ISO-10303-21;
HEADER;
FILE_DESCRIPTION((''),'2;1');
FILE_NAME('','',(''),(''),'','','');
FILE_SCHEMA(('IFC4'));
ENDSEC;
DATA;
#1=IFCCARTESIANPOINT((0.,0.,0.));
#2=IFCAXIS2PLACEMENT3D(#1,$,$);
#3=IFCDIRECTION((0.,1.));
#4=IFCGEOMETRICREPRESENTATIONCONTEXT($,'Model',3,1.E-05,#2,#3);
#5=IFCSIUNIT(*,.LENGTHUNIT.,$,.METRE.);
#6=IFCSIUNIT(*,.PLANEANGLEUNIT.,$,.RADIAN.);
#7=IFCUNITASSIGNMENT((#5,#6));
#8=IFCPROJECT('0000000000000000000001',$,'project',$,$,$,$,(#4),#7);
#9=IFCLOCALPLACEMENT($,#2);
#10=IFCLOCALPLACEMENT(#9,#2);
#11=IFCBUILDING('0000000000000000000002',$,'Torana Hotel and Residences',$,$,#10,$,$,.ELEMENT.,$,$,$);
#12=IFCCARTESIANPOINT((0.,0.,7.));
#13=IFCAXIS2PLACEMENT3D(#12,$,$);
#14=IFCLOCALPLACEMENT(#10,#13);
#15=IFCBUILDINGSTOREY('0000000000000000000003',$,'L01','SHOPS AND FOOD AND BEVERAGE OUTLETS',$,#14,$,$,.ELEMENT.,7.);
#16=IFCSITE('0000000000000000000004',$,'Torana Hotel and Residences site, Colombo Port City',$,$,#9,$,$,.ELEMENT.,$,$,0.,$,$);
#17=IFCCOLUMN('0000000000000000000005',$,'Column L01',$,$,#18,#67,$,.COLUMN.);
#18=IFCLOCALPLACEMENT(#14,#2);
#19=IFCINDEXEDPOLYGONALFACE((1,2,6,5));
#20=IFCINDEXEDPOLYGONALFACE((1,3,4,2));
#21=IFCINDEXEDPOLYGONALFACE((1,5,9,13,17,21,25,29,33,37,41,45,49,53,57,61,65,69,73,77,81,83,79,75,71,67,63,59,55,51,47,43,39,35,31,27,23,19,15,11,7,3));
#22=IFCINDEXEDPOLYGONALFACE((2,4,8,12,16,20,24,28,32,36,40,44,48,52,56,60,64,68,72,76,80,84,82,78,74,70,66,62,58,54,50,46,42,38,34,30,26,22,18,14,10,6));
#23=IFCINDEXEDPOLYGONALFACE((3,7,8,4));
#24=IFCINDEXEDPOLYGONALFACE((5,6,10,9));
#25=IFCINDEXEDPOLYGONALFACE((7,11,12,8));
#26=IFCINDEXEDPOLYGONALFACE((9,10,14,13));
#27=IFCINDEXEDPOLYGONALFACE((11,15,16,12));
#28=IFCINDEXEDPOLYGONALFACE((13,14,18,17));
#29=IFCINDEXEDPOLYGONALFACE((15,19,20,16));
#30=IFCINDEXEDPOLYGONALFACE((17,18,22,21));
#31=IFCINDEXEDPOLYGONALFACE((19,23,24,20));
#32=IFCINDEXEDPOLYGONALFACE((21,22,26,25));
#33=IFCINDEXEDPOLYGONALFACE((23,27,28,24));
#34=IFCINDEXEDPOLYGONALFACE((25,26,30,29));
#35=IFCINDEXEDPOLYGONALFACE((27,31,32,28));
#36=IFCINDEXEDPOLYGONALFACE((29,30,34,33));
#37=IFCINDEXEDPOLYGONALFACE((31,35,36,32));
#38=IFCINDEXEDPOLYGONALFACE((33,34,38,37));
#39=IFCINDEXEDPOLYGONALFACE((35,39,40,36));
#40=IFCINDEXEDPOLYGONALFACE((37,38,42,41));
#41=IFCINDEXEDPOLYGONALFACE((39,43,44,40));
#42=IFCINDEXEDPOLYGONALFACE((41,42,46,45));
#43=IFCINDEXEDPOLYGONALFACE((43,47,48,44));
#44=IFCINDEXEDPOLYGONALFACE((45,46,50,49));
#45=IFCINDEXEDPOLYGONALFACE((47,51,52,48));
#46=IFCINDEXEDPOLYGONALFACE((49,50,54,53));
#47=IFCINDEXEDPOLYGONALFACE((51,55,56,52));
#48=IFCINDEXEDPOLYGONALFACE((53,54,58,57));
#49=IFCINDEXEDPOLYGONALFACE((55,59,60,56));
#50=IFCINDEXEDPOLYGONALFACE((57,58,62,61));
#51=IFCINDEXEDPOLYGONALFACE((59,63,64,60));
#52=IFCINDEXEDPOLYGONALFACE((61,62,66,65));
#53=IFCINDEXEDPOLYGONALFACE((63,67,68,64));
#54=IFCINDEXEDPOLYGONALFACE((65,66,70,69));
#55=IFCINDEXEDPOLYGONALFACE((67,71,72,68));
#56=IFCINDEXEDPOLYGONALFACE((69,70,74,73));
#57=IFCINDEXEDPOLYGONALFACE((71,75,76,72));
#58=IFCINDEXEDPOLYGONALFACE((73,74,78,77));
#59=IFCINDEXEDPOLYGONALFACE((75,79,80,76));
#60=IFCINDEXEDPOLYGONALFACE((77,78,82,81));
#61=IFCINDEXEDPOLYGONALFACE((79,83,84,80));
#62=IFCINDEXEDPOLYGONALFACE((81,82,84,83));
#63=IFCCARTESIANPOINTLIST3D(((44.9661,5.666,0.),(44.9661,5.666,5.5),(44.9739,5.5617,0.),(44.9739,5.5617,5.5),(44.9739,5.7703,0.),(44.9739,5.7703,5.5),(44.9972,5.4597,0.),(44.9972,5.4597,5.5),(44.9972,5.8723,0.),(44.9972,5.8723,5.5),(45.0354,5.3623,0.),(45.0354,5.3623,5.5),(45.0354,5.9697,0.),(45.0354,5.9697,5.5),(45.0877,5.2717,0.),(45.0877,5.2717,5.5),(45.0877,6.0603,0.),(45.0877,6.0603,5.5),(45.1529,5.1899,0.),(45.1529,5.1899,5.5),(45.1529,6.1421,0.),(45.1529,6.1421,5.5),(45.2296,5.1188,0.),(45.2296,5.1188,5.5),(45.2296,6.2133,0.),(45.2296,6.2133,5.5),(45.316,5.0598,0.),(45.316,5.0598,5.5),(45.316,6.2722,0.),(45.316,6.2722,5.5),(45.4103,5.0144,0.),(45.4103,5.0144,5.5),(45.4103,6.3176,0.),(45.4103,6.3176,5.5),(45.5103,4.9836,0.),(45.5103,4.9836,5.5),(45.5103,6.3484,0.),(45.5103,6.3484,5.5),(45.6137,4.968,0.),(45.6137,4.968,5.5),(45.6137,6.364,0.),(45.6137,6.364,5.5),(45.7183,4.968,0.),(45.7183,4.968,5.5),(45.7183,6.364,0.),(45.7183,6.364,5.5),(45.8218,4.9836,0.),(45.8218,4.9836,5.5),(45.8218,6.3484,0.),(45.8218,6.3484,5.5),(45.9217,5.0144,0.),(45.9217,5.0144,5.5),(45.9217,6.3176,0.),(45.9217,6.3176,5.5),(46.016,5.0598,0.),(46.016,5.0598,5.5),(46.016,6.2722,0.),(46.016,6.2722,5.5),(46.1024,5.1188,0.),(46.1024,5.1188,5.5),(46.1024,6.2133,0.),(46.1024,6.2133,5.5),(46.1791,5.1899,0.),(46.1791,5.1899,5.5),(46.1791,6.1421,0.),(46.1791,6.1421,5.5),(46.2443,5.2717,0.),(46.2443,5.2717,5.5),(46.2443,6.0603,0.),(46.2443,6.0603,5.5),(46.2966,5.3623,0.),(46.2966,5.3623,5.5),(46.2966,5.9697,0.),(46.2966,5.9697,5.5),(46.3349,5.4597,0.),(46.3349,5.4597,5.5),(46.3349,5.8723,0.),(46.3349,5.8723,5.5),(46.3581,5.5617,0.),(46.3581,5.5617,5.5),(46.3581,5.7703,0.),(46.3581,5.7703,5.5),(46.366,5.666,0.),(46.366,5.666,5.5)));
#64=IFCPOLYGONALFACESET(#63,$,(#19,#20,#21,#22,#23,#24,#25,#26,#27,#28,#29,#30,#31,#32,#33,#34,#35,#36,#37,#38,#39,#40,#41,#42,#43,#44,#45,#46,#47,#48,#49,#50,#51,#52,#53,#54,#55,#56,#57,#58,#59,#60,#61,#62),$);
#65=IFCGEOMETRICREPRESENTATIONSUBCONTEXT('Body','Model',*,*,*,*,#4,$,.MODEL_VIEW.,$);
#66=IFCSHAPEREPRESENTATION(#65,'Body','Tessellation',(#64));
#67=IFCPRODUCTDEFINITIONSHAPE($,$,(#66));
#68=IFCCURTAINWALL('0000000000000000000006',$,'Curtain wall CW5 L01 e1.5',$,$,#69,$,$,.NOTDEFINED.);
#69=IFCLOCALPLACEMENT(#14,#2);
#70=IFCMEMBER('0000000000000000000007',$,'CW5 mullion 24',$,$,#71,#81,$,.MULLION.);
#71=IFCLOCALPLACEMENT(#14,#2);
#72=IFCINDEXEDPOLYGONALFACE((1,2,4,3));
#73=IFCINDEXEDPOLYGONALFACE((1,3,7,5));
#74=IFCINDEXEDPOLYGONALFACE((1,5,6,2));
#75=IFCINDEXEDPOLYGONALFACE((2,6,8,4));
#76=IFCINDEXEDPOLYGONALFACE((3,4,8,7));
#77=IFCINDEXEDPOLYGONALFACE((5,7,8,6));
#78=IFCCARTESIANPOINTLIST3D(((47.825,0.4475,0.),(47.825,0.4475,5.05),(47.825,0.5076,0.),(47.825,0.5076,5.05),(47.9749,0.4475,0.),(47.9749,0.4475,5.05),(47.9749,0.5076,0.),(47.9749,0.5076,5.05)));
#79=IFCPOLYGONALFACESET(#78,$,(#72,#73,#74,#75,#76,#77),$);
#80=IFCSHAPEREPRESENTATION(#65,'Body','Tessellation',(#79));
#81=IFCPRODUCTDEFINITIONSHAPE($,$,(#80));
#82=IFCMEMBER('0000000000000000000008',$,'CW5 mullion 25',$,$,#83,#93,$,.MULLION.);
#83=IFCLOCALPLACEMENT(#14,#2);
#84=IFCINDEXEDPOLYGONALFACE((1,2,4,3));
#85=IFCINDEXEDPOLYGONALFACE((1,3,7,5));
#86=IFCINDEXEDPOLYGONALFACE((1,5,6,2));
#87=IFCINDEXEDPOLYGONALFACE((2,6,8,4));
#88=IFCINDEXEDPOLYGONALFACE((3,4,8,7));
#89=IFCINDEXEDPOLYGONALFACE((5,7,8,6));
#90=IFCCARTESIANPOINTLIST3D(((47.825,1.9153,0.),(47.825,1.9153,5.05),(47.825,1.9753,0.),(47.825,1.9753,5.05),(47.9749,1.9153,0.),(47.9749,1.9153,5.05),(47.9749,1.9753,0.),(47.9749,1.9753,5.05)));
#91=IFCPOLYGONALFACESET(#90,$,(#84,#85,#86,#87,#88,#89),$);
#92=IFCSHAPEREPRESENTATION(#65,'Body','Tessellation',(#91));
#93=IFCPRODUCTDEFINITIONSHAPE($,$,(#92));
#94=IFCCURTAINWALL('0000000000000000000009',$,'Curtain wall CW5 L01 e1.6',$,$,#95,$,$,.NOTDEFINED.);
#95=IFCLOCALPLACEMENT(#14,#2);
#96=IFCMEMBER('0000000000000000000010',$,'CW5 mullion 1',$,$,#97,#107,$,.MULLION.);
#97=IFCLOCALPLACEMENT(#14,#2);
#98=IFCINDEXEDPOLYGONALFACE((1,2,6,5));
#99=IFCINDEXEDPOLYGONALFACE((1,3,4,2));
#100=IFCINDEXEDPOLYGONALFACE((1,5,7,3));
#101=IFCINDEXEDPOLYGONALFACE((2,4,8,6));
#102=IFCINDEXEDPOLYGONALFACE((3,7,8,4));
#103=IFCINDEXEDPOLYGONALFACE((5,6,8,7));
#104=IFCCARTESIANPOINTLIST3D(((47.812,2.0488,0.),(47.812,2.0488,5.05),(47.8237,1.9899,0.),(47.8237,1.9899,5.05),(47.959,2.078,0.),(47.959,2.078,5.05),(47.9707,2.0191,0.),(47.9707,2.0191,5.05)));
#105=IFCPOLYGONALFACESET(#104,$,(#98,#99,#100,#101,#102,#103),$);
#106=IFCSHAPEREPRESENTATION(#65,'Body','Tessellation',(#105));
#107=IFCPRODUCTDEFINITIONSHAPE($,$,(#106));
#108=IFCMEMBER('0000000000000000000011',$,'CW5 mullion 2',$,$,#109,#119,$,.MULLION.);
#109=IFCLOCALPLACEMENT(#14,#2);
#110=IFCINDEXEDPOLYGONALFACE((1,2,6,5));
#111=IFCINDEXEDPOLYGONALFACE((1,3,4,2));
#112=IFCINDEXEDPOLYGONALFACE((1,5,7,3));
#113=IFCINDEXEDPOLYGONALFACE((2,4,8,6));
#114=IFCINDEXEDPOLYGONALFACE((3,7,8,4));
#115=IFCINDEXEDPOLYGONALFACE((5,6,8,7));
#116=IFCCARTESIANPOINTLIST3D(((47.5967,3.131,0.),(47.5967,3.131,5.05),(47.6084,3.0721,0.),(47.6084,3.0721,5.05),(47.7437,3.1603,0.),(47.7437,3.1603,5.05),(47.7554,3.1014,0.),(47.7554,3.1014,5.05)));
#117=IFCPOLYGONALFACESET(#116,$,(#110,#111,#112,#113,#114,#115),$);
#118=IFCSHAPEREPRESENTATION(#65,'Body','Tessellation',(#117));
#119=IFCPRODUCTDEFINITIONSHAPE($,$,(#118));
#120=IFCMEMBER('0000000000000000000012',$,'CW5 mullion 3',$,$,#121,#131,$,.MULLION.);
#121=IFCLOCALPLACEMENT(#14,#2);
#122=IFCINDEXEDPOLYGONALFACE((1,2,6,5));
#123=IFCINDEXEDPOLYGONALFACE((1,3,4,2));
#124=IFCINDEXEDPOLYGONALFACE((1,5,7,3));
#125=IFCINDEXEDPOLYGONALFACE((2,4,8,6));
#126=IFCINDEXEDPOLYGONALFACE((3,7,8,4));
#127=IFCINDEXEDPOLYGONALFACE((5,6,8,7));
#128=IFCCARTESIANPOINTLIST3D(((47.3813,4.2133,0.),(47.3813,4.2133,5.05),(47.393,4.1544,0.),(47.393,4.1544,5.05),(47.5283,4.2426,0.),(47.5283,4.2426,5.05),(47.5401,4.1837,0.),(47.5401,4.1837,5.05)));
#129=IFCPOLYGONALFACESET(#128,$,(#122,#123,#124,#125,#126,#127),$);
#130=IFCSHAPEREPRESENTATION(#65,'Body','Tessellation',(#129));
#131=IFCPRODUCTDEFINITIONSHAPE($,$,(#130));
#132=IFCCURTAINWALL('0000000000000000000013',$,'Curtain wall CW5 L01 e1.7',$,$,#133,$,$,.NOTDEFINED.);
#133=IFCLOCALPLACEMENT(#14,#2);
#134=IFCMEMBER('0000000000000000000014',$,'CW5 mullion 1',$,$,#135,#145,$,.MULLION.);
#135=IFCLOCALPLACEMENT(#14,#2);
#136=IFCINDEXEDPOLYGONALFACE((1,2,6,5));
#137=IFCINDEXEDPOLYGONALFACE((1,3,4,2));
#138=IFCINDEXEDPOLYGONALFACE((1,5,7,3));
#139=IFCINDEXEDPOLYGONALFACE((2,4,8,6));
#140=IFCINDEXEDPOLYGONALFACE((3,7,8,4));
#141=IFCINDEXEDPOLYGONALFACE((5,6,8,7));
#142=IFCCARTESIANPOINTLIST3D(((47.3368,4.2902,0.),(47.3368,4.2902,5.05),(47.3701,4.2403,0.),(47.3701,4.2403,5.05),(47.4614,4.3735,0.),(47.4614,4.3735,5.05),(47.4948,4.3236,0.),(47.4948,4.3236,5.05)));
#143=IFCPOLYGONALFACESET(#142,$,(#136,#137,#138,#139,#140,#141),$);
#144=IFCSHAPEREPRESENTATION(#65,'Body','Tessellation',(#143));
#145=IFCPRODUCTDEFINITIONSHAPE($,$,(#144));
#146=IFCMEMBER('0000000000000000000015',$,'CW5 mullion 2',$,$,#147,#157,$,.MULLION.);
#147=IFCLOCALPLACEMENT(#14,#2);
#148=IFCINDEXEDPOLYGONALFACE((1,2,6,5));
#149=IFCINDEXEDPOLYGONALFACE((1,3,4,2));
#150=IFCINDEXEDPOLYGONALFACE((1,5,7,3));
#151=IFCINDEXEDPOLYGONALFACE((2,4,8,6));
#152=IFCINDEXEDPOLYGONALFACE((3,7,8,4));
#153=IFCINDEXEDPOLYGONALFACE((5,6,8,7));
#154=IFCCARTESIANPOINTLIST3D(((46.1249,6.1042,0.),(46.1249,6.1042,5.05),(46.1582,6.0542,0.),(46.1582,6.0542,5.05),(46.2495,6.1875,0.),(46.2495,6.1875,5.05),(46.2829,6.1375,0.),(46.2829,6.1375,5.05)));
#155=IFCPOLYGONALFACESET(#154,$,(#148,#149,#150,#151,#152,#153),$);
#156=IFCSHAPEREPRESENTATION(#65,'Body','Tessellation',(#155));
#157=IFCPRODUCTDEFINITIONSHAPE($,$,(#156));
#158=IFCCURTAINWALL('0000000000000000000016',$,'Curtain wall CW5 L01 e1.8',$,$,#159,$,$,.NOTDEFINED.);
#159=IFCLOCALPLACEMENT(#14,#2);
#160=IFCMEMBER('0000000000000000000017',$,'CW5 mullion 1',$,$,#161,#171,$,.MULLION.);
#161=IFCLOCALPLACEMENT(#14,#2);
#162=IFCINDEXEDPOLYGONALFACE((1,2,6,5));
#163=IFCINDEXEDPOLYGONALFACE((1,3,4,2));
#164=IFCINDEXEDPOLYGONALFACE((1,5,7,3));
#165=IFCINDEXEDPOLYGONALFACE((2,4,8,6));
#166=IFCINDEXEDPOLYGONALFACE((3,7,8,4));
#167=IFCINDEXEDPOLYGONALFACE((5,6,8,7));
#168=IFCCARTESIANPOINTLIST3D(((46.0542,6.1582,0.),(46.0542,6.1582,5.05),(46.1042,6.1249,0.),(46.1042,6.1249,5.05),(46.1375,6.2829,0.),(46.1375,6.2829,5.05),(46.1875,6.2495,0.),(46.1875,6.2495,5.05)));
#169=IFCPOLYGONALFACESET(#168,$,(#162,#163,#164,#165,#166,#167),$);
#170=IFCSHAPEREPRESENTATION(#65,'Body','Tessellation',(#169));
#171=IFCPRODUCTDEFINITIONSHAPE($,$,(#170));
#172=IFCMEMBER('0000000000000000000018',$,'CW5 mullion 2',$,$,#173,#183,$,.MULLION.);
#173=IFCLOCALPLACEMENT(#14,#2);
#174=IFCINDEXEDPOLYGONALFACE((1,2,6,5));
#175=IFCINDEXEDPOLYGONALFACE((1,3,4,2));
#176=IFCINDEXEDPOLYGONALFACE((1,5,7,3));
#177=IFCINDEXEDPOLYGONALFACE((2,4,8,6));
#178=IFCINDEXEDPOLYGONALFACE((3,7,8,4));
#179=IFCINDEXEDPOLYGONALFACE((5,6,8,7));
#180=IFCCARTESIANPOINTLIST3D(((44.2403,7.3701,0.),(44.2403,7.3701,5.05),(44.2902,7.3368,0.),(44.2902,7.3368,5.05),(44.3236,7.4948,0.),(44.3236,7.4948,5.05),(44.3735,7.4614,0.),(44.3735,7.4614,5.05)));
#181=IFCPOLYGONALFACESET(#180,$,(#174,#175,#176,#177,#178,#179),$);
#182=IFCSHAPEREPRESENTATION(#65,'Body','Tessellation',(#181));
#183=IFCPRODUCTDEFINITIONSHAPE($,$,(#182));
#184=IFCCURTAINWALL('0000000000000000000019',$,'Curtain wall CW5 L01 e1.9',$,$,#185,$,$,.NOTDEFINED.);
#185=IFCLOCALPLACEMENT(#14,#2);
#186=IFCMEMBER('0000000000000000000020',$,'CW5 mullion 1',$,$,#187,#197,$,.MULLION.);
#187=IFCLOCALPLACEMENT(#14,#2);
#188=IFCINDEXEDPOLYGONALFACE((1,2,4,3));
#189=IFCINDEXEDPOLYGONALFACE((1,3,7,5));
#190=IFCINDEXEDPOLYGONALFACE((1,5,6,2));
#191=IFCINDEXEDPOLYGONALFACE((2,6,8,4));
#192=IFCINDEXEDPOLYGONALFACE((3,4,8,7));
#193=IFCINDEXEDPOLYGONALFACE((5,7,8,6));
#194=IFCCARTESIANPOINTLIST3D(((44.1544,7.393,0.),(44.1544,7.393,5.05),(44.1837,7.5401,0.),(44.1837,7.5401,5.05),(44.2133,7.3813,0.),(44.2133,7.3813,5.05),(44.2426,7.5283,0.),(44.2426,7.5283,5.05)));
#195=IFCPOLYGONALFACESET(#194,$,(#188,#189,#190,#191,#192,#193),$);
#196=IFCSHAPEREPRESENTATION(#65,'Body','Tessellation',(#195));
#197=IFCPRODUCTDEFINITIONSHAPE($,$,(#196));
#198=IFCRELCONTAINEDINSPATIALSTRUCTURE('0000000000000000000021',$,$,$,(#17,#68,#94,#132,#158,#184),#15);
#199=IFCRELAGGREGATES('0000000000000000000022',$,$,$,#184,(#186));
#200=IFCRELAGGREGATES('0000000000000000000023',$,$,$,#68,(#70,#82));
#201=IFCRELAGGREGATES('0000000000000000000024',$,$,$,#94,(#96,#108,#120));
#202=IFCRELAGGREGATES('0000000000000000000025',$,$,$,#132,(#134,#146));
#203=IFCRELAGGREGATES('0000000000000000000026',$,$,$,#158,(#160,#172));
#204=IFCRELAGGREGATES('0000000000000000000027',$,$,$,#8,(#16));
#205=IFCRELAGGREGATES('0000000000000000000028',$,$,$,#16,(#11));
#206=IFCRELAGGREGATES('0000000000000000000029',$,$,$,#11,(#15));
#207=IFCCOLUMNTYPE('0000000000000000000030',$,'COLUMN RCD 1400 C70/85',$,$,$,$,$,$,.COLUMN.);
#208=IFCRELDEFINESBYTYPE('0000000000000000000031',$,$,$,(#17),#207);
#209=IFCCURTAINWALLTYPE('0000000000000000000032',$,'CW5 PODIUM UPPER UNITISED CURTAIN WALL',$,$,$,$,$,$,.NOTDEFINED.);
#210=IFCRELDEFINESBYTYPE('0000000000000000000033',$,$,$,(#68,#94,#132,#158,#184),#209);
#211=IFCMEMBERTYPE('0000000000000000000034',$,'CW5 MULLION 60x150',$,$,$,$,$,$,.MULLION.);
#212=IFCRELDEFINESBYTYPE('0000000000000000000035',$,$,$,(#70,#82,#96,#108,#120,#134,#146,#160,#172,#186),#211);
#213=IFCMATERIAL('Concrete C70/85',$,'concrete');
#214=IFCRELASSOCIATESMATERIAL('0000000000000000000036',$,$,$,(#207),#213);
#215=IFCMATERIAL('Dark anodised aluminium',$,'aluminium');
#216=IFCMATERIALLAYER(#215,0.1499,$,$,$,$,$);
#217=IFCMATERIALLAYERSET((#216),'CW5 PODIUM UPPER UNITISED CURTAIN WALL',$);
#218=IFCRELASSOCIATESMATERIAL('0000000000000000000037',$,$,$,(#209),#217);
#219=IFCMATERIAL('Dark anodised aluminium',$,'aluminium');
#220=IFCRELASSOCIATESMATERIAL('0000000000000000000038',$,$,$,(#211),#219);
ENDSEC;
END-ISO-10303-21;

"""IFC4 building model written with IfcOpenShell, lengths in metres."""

from ifc_helpers import new_model, si_unit, direction, frame, origin, origin_2d, place, context, subcontext, project, spatial, rectangle, circle, extrude, material, layer, layer_set, material_profile, profile_set, type_object, element, aggregate, save


model = new_model("IFC4")

# Units and contexts
model_context = context("Model", 3, precision=1e-05, world=origin(), true_north=direction((0.0, 1.0)))
body_context = subcontext(model_context, "Body", "Model", "MODEL_VIEW")
ifc_project = project(units=[si_unit("LENGTHUNIT", "METRE"), si_unit("PLANEANGLEUNIT", "RADIAN")], contexts=[model_context])

# Site, building, storey
site_placement = place(None, origin())
site = spatial("IfcSite", under=ifc_project, at=site_placement, Name="Torana Hotel and Residences site, Colombo Port City", CompositionType="ELEMENT", RefElevation=0.0)
building_placement = place(site_placement, origin())
building = spatial("IfcBuilding", under=site, at=building_placement, Name="Torana Hotel and Residences", CompositionType="ELEMENT")
storey_placement = place(building_placement, frame((0.0, 0.0, 7.0)))
storey = spatial("IfcBuildingStorey", under=building, at=storey_placement, Name="L01", Description="SHOPS AND FOOD AND BEVERAGE OUTLETS", CompositionType="ELEMENT", Elevation=7.0)

# Column
ifc_material_1 = material(Name="Concrete C70/85", Category="concrete")
ifc_material_profile_1 = material_profile(ifc_material_1, circle(Radius=0.7, at=origin_2d()), Name="RCD 1400")
ifc_profile_set_1 = profile_set([ifc_material_profile_1], Name="Concrete C70/85")
column_type = type_object("IfcColumnType", Name="COLUMN RCD 1400 C70/85", PredefinedType="COLUMN", material=ifc_profile_set_1)
column_placement = place(storey_placement, frame((45.666, 5.666, 0.0), z_axis=(0.0, 0.0, 1.0), x_axis=(1.0, 0.0, 0.0)))
element("IfcColumn", 1, at=column_placement, inside=storey, type_object=column_type, Name="Column L01", PredefinedType="COLUMN", context=body_context, shape_type="SweptSolid", body=[
    extrude(circle(Radius=0.7, at=origin_2d()), origin(), (0.0, 0.0, 1.0), 5.5),
])

# Curtain walls, members
ifc_material_2 = material(Name="Dark anodised aluminium", Category="aluminium")
ifc_layer_1 = layer(ifc_material_2, 0.1499)
ifc_layer_set_1 = layer_set([ifc_layer_1], Name="CW5 PODIUM UPPER UNITISED CURTAIN WALL")
curtain_wall_type = type_object("IfcCurtainWallType", Name="CW5 PODIUM UPPER UNITISED CURTAIN WALL", PredefinedType="NOTDEFINED", material=ifc_layer_set_1)
curtain_wall_1_placement = place(storey_placement, origin())
curtain_wall_1 = element("IfcCurtainWall", 2, at=curtain_wall_1_placement, inside=storey, type_object=curtain_wall_type, Name="Curtain wall CW5 L01 e1.5", PredefinedType="NOTDEFINED")
ifc_material_3 = material(Name="Dark anodised aluminium", Category="aluminium")
ifc_material_profile_2 = material_profile(ifc_material_3, rectangle(XDim=0.1499, YDim=0.0601, at=origin_2d()), Name="CW5 MULLION 60x150")
ifc_profile_set_2 = profile_set([ifc_material_profile_2], Name="Dark anodised aluminium")
member_type_1 = type_object("IfcMemberType", Name="CW5 MULLION 60x150", PredefinedType="MULLION", material=ifc_profile_set_2)
member_1_placement = place(storey_placement, frame((47.8999, 0.4775, 0.0), z_axis=(0.0, 0.0, 1.0), x_axis=(-1.0, 0.0, 0.0)))
member_1 = element("IfcMember", 3, at=member_1_placement, type_object=member_type_1, Name="CW5 mullion 24", PredefinedType="MULLION", context=body_context, shape_type="SweptSolid", body=[
    extrude(rectangle(XDim=0.1499, YDim=0.0601, at=origin_2d()), origin(), (0.0, 0.0, 1.0), 5.05),
])
member_2_placement = place(storey_placement, frame((47.8999, 1.9453, 0.0), z_axis=(0.0, 0.0, 1.0), x_axis=(-1.0, 0.0, 0.0)))
member_2 = element("IfcMember", 4, at=member_2_placement, type_object=member_type_1, Name="CW5 mullion 25", PredefinedType="MULLION", context=body_context, shape_type="SweptSolid", body=[
    extrude(rectangle(XDim=0.1499, YDim=0.0601, at=origin_2d()), origin(), (0.0, 0.0, 1.0), 5.05),
])
curtain_wall_2_placement = place(storey_placement, origin())
curtain_wall_2 = element("IfcCurtainWall", 5, at=curtain_wall_2_placement, inside=storey, type_object=curtain_wall_type, Name="Curtain wall CW5 L01 e1.6", PredefinedType="NOTDEFINED")
member_3_placement = place(storey_placement, frame((47.8914, 2.0339, 0.0), z_axis=(0.0, 0.0, 1.0), x_axis=(-0.980787, -0.195081, 0.0)))
member_3 = element("IfcMember", 6, at=member_3_placement, type_object=member_type_1, Name="CW5 mullion 1", PredefinedType="MULLION", context=body_context, shape_type="SweptSolid", body=[
    extrude(rectangle(XDim=0.1499, YDim=0.0601, at=origin_2d()), origin(), (0.0, 0.0, 1.0), 5.05),
])
member_4_placement = place(storey_placement, frame((47.676, 3.1162, 0.0), z_axis=(0.0, 0.0, 1.0), x_axis=(-0.980787, -0.195081, 0.0)))
member_4 = element("IfcMember", 7, at=member_4_placement, type_object=member_type_1, Name="CW5 mullion 2", PredefinedType="MULLION", context=body_context, shape_type="SweptSolid", body=[
    extrude(rectangle(XDim=0.1499, YDim=0.0601, at=origin_2d()), origin(), (0.0, 0.0, 1.0), 5.05),
])
member_5_placement = place(storey_placement, frame((47.4607, 4.1985, 0.0), z_axis=(0.0, 0.0, 1.0), x_axis=(-0.980787, -0.195081, 0.0)))
member_5 = element("IfcMember", 8, at=member_5_placement, type_object=member_type_1, Name="CW5 mullion 3", PredefinedType="MULLION", context=body_context, shape_type="SweptSolid", body=[
    extrude(rectangle(XDim=0.1499, YDim=0.0601, at=origin_2d()), origin(), (0.0, 0.0, 1.0), 5.05),
])
curtain_wall_3_placement = place(storey_placement, origin())
curtain_wall_3 = element("IfcCurtainWall", 9, at=curtain_wall_3_placement, inside=storey, type_object=curtain_wall_type, Name="Curtain wall CW5 L01 e1.7", PredefinedType="NOTDEFINED")
member_6_placement = place(storey_placement, frame((47.4158, 4.3069, 0.0), z_axis=(0.0, 0.0, 1.0), x_axis=(-0.83146, -0.555585, 0.0)))
member_6 = element("IfcMember", 10, at=member_6_placement, type_object=member_type_1, Name="CW5 mullion 1", PredefinedType="MULLION", context=body_context, shape_type="SweptSolid", body=[
    extrude(rectangle(XDim=0.1499, YDim=0.0601, at=origin_2d()), origin(), (0.0, 0.0, 1.0), 5.05),
])
member_7_placement = place(storey_placement, frame((46.2039, 6.1208, 0.0), z_axis=(0.0, 0.0, 1.0), x_axis=(-0.83146, -0.555585, 0.0)))
member_7 = element("IfcMember", 11, at=member_7_placement, type_object=member_type_1, Name="CW5 mullion 2", PredefinedType="MULLION", context=body_context, shape_type="SweptSolid", body=[
    extrude(rectangle(XDim=0.1499, YDim=0.0601, at=origin_2d()), origin(), (0.0, 0.0, 1.0), 5.05),
])
curtain_wall_4_placement = place(storey_placement, origin())
curtain_wall_4 = element("IfcCurtainWall", 12, at=curtain_wall_4_placement, inside=storey, type_object=curtain_wall_type, Name="Curtain wall CW5 L01 e1.8", PredefinedType="NOTDEFINED")
member_8_placement = place(storey_placement, frame((46.1208, 6.2039, 0.0), z_axis=(0.0, 0.0, 1.0), x_axis=(-0.555585, -0.83146, 0.0)))
member_8 = element("IfcMember", 13, at=member_8_placement, type_object=member_type_1, Name="CW5 mullion 1", PredefinedType="MULLION", context=body_context, shape_type="SweptSolid", body=[
    extrude(rectangle(XDim=0.1499, YDim=0.0601, at=origin_2d()), origin(), (0.0, 0.0, 1.0), 5.05),
])
member_9_placement = place(storey_placement, frame((44.3069, 7.4158, 0.0), z_axis=(0.0, 0.0, 1.0), x_axis=(-0.555585, -0.83146, 0.0)))
member_9 = element("IfcMember", 14, at=member_9_placement, type_object=member_type_1, Name="CW5 mullion 2", PredefinedType="MULLION", context=body_context, shape_type="SweptSolid", body=[
    extrude(rectangle(XDim=0.1499, YDim=0.0601, at=origin_2d()), origin(), (0.0, 0.0, 1.0), 5.05),
])

# Curtain wall, member
curtain_wall_5_placement = place(storey_placement, origin())
curtain_wall_5 = element("IfcCurtainWall", 15, at=curtain_wall_5_placement, inside=storey, type_object=curtain_wall_type, Name="Curtain wall CW5 L01 e1.9", PredefinedType="NOTDEFINED")
member_10_placement = place(storey_placement, frame((44.1985, 7.4607, 0.0), z_axis=(0.0, 0.0, 1.0), x_axis=(-0.195081, -0.980787, 0.0)))
member_10 = element("IfcMember", 16, at=member_10_placement, type_object=member_type_1, Name="CW5 mullion 1", PredefinedType="MULLION", context=body_context, shape_type="SweptSolid", body=[
    extrude(rectangle(XDim=0.1499, YDim=0.0601, at=origin_2d()), origin(), (0.0, 0.0, 1.0), 5.05),
])

aggregate(curtain_wall_5, [member_10])

aggregate(curtain_wall_1, [member_1, member_2])
aggregate(curtain_wall_2, [member_3, member_4, member_5])
aggregate(curtain_wall_3, [member_6, member_7])
aggregate(curtain_wall_4, [member_8, member_9])

save(model, "model.ifc")
